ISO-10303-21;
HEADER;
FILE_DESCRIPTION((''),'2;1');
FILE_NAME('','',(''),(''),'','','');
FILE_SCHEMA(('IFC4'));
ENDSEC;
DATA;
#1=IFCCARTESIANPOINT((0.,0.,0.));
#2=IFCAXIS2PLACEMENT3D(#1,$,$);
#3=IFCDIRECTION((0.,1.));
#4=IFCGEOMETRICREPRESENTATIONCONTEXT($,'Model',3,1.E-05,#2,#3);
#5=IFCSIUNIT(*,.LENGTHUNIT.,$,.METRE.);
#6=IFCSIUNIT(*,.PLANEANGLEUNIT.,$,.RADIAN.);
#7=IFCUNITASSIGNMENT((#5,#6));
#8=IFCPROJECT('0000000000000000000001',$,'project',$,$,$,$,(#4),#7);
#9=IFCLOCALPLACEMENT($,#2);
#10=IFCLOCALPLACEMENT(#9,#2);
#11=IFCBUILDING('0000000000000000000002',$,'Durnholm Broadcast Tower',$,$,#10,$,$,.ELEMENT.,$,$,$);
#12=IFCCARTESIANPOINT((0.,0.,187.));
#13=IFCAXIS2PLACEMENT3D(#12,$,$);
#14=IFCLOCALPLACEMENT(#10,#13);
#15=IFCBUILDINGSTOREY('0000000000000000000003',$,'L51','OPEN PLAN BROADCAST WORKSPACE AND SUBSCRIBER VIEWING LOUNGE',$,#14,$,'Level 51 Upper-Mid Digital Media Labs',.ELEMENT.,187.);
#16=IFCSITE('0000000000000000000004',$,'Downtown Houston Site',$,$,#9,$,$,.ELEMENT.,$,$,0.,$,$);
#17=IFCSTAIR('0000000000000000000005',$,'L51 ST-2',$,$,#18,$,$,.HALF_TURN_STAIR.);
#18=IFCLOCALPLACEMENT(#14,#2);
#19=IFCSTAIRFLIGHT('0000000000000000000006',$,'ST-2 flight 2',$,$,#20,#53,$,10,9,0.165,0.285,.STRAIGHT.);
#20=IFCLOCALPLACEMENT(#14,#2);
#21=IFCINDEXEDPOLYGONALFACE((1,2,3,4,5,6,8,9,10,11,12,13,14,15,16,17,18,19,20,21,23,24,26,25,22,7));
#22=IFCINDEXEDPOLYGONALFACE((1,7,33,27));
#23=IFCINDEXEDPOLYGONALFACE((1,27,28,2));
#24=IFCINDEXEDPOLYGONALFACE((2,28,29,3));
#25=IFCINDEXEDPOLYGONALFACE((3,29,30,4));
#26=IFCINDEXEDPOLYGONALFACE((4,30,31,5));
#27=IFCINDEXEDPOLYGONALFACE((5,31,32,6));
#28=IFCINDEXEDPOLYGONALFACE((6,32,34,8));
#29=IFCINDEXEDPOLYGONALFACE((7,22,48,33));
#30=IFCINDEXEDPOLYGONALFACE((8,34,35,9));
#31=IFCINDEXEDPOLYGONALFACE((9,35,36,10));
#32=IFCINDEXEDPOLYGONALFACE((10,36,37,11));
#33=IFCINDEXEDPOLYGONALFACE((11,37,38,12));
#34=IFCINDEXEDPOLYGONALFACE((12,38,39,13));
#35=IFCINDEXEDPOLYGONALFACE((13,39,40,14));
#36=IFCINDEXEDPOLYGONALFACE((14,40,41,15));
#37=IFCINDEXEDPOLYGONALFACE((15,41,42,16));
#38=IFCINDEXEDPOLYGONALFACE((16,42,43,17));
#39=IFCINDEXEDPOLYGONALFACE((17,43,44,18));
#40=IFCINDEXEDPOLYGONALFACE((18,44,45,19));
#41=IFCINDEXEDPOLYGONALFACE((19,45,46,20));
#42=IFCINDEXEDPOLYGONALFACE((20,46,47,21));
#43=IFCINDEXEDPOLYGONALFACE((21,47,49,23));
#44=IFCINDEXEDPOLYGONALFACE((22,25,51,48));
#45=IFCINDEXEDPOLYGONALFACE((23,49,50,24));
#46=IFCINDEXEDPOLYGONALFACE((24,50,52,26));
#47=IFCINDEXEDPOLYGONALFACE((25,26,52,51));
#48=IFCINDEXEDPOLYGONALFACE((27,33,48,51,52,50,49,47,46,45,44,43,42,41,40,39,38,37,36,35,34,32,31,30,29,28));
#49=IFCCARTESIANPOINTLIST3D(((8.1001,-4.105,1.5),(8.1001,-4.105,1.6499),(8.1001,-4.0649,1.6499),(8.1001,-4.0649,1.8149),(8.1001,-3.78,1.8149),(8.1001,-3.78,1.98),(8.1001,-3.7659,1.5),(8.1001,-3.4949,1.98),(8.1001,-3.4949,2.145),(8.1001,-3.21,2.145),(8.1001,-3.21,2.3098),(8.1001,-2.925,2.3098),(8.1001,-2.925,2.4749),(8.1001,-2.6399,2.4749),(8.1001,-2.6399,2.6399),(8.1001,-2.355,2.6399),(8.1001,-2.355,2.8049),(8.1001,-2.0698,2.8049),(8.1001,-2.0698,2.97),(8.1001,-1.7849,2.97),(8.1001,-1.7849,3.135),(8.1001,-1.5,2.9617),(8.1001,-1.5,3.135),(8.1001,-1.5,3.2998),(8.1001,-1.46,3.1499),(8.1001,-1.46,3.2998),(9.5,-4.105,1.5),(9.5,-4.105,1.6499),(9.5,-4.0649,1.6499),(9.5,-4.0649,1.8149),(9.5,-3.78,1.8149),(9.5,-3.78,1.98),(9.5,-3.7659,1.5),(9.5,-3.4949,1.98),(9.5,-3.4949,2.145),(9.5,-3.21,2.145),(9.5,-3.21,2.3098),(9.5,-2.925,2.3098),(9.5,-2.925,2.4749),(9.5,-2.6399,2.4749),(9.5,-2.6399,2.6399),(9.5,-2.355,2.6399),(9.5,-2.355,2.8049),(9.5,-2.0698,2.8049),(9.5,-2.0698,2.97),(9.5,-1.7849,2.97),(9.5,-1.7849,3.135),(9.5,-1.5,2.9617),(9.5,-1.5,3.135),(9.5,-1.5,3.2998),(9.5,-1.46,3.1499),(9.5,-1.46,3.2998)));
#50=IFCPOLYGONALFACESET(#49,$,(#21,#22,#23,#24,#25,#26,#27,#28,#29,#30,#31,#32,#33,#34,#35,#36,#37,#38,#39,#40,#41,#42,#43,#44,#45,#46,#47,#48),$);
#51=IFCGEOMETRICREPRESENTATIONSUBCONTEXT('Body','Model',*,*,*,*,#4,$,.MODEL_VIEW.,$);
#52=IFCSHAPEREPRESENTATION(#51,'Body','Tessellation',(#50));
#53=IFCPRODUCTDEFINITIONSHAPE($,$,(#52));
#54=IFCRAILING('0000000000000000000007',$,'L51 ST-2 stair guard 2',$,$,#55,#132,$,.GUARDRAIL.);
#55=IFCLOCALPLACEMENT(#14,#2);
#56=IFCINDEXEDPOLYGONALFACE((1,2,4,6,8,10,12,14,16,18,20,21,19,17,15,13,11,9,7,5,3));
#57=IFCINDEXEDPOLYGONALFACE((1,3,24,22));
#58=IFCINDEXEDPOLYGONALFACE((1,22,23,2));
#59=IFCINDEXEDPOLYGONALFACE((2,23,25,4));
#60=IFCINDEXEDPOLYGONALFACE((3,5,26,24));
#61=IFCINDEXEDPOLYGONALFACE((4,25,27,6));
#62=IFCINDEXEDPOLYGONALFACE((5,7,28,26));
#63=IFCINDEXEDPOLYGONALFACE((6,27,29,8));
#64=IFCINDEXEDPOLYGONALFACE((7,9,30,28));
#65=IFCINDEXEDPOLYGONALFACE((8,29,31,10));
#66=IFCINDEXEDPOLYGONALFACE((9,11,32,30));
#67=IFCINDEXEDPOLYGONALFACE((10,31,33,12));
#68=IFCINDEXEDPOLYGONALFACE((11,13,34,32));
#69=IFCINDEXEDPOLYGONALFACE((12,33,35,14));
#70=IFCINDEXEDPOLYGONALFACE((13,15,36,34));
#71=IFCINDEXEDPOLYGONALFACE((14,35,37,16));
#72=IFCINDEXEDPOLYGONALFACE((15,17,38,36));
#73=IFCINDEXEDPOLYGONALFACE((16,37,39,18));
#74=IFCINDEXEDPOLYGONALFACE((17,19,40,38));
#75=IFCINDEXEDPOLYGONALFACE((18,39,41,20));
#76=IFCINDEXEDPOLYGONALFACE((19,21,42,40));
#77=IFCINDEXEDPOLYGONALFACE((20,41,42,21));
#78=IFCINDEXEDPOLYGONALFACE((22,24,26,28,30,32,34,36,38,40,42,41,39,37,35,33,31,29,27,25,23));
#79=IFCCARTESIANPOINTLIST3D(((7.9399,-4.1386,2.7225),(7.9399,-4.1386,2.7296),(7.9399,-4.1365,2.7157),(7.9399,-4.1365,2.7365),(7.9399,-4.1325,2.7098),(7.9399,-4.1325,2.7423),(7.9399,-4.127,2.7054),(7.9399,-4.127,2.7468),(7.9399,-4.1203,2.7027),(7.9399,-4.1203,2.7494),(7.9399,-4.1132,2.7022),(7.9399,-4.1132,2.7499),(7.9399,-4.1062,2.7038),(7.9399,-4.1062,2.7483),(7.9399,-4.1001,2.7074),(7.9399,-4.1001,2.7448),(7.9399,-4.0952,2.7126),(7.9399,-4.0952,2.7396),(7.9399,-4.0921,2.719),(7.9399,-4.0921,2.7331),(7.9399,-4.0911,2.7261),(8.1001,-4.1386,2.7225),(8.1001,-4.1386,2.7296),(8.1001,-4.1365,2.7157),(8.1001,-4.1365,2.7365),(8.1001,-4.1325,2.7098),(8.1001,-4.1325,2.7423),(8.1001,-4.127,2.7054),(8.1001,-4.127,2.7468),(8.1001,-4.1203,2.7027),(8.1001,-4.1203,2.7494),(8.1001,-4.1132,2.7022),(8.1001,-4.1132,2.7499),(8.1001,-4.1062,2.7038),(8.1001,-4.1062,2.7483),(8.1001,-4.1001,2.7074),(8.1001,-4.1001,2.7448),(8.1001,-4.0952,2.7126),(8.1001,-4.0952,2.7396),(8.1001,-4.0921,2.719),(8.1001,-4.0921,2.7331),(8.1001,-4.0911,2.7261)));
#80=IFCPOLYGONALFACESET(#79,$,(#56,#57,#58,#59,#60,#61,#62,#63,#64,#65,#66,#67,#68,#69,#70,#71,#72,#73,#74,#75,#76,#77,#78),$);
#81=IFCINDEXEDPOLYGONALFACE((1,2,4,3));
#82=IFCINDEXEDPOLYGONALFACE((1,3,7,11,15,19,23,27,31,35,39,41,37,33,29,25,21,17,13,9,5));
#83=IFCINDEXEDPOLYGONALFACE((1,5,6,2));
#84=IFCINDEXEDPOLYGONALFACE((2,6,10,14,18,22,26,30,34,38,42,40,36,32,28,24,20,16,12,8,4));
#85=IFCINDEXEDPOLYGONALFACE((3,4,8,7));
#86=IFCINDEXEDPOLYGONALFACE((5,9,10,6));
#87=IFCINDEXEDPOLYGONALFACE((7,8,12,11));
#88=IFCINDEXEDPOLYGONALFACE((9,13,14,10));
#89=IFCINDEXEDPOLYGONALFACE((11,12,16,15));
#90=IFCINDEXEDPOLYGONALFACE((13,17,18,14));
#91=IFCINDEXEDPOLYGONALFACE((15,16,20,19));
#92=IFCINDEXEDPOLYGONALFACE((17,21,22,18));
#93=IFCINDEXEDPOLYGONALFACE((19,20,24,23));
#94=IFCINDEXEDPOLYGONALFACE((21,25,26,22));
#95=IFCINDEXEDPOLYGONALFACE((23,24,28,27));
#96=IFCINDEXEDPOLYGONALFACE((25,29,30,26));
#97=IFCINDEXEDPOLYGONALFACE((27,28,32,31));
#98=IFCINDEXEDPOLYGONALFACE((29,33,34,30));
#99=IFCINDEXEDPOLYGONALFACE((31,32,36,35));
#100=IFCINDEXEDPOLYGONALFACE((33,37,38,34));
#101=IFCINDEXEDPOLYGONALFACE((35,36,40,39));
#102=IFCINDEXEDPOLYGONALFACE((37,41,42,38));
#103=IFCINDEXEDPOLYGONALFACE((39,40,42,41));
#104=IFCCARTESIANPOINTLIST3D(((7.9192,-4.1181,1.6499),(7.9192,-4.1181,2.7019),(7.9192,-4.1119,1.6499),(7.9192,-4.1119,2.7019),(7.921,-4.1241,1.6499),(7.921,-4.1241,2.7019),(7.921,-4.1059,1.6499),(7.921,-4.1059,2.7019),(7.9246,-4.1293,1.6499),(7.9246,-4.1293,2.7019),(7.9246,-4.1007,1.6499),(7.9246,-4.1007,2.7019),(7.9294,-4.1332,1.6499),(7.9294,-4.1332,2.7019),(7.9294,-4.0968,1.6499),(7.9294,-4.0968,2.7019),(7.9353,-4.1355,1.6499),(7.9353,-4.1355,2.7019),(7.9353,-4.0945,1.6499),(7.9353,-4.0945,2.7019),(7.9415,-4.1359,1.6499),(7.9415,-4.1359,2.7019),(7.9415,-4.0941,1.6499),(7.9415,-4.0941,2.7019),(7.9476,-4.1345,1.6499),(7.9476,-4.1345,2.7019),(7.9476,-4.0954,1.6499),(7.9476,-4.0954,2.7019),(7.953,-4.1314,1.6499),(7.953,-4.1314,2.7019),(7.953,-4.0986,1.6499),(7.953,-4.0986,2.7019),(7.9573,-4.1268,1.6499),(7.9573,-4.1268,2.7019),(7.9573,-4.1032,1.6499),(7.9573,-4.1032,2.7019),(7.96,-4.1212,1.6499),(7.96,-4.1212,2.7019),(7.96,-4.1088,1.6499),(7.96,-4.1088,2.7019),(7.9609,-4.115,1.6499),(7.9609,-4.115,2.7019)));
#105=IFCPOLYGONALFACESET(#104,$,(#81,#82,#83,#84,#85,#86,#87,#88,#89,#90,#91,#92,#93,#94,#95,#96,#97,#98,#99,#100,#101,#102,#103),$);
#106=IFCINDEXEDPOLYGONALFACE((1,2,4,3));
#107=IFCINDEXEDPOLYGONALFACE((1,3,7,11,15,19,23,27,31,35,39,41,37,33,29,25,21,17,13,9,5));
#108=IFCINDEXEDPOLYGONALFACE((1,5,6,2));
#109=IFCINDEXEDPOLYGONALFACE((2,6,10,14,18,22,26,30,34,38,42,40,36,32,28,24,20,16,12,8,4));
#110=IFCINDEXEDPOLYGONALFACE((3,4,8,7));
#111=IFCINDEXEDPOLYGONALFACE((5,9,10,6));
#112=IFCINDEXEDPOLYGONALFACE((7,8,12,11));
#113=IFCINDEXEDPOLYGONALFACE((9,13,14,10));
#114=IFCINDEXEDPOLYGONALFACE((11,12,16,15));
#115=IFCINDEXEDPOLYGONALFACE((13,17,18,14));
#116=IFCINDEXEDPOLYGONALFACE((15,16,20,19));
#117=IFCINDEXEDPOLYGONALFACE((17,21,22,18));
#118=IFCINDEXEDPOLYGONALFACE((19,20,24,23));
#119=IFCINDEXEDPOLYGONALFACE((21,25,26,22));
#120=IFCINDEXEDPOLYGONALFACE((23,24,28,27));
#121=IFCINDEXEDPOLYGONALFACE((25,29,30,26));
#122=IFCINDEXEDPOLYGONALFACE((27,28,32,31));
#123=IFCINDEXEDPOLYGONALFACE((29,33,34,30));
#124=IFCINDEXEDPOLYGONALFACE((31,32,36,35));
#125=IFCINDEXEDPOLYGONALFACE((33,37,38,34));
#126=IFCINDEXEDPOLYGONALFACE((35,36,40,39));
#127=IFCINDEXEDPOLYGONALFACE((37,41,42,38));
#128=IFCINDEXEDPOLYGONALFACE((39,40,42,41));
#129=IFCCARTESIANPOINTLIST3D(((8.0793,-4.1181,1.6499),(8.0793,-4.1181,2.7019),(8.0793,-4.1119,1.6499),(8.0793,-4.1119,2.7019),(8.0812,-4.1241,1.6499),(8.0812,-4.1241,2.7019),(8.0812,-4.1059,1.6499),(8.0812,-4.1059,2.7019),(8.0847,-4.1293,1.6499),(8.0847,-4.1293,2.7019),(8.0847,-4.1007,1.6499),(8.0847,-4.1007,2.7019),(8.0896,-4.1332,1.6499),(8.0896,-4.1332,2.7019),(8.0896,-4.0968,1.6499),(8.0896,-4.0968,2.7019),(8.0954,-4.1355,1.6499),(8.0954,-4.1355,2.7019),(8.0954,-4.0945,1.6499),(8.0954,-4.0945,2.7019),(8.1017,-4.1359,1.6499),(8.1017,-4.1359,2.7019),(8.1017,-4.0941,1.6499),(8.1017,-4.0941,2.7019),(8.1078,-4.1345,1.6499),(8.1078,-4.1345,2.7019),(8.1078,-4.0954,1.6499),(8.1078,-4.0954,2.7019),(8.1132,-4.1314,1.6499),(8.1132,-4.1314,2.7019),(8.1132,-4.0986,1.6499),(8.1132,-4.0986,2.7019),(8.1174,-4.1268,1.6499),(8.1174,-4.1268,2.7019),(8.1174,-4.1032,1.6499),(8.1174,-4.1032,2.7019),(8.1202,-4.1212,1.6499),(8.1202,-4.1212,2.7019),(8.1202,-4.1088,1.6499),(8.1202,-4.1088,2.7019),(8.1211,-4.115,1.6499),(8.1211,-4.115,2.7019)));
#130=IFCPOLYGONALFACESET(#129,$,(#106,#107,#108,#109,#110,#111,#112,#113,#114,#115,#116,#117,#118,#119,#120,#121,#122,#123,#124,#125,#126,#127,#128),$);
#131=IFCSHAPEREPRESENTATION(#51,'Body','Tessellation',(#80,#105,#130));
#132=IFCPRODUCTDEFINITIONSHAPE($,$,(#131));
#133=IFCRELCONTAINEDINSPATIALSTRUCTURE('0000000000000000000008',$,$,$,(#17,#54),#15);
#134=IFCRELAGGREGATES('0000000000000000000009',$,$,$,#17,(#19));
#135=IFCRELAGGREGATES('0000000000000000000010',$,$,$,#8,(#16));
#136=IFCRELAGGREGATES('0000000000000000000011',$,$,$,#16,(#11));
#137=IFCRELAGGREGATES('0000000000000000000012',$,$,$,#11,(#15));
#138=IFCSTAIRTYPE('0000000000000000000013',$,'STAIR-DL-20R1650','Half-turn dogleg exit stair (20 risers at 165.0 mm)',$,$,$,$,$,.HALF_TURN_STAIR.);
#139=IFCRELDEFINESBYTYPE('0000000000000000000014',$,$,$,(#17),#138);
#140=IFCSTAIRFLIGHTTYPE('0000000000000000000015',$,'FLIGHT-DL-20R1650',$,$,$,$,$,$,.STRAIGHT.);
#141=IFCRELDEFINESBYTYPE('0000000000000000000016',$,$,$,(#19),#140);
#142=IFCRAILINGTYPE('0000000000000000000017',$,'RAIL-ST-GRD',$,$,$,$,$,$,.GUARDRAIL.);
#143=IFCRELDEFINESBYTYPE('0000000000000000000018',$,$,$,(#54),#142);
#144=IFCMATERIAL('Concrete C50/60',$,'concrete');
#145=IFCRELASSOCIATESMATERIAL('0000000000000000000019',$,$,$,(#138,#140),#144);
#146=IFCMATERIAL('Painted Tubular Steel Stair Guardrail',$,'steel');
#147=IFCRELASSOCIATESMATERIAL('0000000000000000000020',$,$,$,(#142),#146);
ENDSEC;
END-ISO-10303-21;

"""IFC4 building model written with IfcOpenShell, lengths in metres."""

from ifc_helpers import new_model, si_unit, direction, frame, origin, origin_2d, place, context, subcontext, project, spatial, polyline, circle, outline, extrude, material, type_object, element, aggregate, save


model = new_model("IFC4")

# Units and contexts
model_context = context("Model", 3, precision=1e-05, world=origin(), true_north=direction((0.0, 1.0)))
body_context = subcontext(model_context, "Body", "Model", "MODEL_VIEW")
ifc_project = project(units=[si_unit("LENGTHUNIT", "METRE"), si_unit("PLANEANGLEUNIT", "RADIAN")], contexts=[model_context])

# Site, building, storey
site_placement = place(None, origin())
site = spatial("IfcSite", under=ifc_project, at=site_placement, Name="Downtown Houston Site", CompositionType="ELEMENT", RefElevation=0.0)
building_placement = place(site_placement, origin())
building = spatial("IfcBuilding", under=site, at=building_placement, Name="Durnholm Broadcast Tower", CompositionType="ELEMENT")
storey_placement = place(building_placement, frame((0.0, 0.0, 187.0)))
storey = spatial("IfcBuildingStorey", under=building, at=storey_placement, Name="L51", Description="OPEN PLAN BROADCAST WORKSPACE AND SUBSCRIBER VIEWING LOUNGE", LongName="Level 51 Upper-Mid Digital Media Labs", CompositionType="ELEMENT", Elevation=187.0)

# Shared definitions
ifc_material_1 = material(Name="Concrete C50/60", Category="concrete")

# Stair, stair flight
stair_type = type_object("IfcStairType", Name="STAIR-DL-20R1650", Description="Half-turn dogleg exit stair (20 risers at 165.0 mm)", PredefinedType="HALF_TURN_STAIR", material=ifc_material_1)
stair_placement = place(storey_placement, origin())
stair = element("IfcStair", 1, at=stair_placement, inside=storey, type_object=stair_type, Name="L51 ST-2", PredefinedType="HALF_TURN_STAIR")
stair_flight_type = type_object("IfcStairFlightType", Name="FLIGHT-DL-20R1650", PredefinedType="STRAIGHT", material=ifc_material_1)
stair_flight_placement = place(storey_placement, frame((8.8, -4.0649, 1.6499), z_axis=(0.0, 0.0, 1.0), x_axis=(0.0, 1.0, 0.0)))
stair_flight = element("IfcStairFlight", 2, at=stair_flight_placement, type_object=stair_flight_type, Name="ST-2 flight 2", NumberOfRisers=10, NumberOfTreads=9, PredefinedType="STRAIGHT", RiserHeight=0.165, TreadLength=0.285, context=body_context, shape_type="SweptSolid", body=[
    extrude(outline(polyline([(-0.04, -0.1499), (-0.04, 0.0), (0.0, 0.0), (0.0, 0.165), (0.2849, 0.165), (0.2849, 0.3301), (0.5701, 0.3301), (0.5701, 0.4951), (0.855, 0.4951), (0.855, 0.6599), (1.1399, 0.6599), (1.1399, 0.825), (1.425, 0.825), (1.425, 0.99), (1.71, 0.99), (1.71, 1.155), (1.9951, 1.155), (1.9951, 1.3201), (2.28, 1.3201), (2.28, 1.4851), (2.5649, 1.4851), (2.5649, 1.6499), (2.605, 1.6499), (2.605, 1.5), (2.5649, 1.3118), (0.2991, -0.1499), (-0.04, -0.1499)])), frame((0.0, 0.7, 0.0), z_axis=(0.0, -1.0, 0.0), x_axis=(1.0, 0.0, 0.0)), (0.0, 0.0, 1.0), 1.3999),
])
aggregate(stair, [stair_flight])

# Railing
ifc_material_2 = material(Name="Painted Tubular Steel Stair Guardrail", Category="steel")
railing_type_1 = type_object("IfcRailingType", Name="RAIL-ST-GRD", PredefinedType="GUARDRAIL", material=ifc_material_2)
railing_1_placement = place(storey_placement, frame((7.9399, -4.115, 1.6499)))
element("IfcRailing", 3, at=railing_1_placement, inside=storey, type_object=railing_type_1, Name="L51 ST-2 stair guard 2", PredefinedType="GUARDRAIL", context=body_context, shape_type="SweptSolid", body=[
    extrude(circle(Radius=0.0239, at=origin_2d()), frame((0.0, 0.0, 1.0762), z_axis=(1.0, 0.0, 0.0), x_axis=(0.0, 1.0, 0.0)), (0.0, 0.0, 1.0), 0.1602),
    extrude(circle(Radius=0.021, at=origin_2d()), origin(), (0.0, 0.0, 1.0), 1.052),
    extrude(circle(Radius=0.021, at=origin_2d()), frame((0.1602, 0.0, 0.0)), (0.0, 0.0, 1.0), 1.052),
])

save(model, "model.ifc")
